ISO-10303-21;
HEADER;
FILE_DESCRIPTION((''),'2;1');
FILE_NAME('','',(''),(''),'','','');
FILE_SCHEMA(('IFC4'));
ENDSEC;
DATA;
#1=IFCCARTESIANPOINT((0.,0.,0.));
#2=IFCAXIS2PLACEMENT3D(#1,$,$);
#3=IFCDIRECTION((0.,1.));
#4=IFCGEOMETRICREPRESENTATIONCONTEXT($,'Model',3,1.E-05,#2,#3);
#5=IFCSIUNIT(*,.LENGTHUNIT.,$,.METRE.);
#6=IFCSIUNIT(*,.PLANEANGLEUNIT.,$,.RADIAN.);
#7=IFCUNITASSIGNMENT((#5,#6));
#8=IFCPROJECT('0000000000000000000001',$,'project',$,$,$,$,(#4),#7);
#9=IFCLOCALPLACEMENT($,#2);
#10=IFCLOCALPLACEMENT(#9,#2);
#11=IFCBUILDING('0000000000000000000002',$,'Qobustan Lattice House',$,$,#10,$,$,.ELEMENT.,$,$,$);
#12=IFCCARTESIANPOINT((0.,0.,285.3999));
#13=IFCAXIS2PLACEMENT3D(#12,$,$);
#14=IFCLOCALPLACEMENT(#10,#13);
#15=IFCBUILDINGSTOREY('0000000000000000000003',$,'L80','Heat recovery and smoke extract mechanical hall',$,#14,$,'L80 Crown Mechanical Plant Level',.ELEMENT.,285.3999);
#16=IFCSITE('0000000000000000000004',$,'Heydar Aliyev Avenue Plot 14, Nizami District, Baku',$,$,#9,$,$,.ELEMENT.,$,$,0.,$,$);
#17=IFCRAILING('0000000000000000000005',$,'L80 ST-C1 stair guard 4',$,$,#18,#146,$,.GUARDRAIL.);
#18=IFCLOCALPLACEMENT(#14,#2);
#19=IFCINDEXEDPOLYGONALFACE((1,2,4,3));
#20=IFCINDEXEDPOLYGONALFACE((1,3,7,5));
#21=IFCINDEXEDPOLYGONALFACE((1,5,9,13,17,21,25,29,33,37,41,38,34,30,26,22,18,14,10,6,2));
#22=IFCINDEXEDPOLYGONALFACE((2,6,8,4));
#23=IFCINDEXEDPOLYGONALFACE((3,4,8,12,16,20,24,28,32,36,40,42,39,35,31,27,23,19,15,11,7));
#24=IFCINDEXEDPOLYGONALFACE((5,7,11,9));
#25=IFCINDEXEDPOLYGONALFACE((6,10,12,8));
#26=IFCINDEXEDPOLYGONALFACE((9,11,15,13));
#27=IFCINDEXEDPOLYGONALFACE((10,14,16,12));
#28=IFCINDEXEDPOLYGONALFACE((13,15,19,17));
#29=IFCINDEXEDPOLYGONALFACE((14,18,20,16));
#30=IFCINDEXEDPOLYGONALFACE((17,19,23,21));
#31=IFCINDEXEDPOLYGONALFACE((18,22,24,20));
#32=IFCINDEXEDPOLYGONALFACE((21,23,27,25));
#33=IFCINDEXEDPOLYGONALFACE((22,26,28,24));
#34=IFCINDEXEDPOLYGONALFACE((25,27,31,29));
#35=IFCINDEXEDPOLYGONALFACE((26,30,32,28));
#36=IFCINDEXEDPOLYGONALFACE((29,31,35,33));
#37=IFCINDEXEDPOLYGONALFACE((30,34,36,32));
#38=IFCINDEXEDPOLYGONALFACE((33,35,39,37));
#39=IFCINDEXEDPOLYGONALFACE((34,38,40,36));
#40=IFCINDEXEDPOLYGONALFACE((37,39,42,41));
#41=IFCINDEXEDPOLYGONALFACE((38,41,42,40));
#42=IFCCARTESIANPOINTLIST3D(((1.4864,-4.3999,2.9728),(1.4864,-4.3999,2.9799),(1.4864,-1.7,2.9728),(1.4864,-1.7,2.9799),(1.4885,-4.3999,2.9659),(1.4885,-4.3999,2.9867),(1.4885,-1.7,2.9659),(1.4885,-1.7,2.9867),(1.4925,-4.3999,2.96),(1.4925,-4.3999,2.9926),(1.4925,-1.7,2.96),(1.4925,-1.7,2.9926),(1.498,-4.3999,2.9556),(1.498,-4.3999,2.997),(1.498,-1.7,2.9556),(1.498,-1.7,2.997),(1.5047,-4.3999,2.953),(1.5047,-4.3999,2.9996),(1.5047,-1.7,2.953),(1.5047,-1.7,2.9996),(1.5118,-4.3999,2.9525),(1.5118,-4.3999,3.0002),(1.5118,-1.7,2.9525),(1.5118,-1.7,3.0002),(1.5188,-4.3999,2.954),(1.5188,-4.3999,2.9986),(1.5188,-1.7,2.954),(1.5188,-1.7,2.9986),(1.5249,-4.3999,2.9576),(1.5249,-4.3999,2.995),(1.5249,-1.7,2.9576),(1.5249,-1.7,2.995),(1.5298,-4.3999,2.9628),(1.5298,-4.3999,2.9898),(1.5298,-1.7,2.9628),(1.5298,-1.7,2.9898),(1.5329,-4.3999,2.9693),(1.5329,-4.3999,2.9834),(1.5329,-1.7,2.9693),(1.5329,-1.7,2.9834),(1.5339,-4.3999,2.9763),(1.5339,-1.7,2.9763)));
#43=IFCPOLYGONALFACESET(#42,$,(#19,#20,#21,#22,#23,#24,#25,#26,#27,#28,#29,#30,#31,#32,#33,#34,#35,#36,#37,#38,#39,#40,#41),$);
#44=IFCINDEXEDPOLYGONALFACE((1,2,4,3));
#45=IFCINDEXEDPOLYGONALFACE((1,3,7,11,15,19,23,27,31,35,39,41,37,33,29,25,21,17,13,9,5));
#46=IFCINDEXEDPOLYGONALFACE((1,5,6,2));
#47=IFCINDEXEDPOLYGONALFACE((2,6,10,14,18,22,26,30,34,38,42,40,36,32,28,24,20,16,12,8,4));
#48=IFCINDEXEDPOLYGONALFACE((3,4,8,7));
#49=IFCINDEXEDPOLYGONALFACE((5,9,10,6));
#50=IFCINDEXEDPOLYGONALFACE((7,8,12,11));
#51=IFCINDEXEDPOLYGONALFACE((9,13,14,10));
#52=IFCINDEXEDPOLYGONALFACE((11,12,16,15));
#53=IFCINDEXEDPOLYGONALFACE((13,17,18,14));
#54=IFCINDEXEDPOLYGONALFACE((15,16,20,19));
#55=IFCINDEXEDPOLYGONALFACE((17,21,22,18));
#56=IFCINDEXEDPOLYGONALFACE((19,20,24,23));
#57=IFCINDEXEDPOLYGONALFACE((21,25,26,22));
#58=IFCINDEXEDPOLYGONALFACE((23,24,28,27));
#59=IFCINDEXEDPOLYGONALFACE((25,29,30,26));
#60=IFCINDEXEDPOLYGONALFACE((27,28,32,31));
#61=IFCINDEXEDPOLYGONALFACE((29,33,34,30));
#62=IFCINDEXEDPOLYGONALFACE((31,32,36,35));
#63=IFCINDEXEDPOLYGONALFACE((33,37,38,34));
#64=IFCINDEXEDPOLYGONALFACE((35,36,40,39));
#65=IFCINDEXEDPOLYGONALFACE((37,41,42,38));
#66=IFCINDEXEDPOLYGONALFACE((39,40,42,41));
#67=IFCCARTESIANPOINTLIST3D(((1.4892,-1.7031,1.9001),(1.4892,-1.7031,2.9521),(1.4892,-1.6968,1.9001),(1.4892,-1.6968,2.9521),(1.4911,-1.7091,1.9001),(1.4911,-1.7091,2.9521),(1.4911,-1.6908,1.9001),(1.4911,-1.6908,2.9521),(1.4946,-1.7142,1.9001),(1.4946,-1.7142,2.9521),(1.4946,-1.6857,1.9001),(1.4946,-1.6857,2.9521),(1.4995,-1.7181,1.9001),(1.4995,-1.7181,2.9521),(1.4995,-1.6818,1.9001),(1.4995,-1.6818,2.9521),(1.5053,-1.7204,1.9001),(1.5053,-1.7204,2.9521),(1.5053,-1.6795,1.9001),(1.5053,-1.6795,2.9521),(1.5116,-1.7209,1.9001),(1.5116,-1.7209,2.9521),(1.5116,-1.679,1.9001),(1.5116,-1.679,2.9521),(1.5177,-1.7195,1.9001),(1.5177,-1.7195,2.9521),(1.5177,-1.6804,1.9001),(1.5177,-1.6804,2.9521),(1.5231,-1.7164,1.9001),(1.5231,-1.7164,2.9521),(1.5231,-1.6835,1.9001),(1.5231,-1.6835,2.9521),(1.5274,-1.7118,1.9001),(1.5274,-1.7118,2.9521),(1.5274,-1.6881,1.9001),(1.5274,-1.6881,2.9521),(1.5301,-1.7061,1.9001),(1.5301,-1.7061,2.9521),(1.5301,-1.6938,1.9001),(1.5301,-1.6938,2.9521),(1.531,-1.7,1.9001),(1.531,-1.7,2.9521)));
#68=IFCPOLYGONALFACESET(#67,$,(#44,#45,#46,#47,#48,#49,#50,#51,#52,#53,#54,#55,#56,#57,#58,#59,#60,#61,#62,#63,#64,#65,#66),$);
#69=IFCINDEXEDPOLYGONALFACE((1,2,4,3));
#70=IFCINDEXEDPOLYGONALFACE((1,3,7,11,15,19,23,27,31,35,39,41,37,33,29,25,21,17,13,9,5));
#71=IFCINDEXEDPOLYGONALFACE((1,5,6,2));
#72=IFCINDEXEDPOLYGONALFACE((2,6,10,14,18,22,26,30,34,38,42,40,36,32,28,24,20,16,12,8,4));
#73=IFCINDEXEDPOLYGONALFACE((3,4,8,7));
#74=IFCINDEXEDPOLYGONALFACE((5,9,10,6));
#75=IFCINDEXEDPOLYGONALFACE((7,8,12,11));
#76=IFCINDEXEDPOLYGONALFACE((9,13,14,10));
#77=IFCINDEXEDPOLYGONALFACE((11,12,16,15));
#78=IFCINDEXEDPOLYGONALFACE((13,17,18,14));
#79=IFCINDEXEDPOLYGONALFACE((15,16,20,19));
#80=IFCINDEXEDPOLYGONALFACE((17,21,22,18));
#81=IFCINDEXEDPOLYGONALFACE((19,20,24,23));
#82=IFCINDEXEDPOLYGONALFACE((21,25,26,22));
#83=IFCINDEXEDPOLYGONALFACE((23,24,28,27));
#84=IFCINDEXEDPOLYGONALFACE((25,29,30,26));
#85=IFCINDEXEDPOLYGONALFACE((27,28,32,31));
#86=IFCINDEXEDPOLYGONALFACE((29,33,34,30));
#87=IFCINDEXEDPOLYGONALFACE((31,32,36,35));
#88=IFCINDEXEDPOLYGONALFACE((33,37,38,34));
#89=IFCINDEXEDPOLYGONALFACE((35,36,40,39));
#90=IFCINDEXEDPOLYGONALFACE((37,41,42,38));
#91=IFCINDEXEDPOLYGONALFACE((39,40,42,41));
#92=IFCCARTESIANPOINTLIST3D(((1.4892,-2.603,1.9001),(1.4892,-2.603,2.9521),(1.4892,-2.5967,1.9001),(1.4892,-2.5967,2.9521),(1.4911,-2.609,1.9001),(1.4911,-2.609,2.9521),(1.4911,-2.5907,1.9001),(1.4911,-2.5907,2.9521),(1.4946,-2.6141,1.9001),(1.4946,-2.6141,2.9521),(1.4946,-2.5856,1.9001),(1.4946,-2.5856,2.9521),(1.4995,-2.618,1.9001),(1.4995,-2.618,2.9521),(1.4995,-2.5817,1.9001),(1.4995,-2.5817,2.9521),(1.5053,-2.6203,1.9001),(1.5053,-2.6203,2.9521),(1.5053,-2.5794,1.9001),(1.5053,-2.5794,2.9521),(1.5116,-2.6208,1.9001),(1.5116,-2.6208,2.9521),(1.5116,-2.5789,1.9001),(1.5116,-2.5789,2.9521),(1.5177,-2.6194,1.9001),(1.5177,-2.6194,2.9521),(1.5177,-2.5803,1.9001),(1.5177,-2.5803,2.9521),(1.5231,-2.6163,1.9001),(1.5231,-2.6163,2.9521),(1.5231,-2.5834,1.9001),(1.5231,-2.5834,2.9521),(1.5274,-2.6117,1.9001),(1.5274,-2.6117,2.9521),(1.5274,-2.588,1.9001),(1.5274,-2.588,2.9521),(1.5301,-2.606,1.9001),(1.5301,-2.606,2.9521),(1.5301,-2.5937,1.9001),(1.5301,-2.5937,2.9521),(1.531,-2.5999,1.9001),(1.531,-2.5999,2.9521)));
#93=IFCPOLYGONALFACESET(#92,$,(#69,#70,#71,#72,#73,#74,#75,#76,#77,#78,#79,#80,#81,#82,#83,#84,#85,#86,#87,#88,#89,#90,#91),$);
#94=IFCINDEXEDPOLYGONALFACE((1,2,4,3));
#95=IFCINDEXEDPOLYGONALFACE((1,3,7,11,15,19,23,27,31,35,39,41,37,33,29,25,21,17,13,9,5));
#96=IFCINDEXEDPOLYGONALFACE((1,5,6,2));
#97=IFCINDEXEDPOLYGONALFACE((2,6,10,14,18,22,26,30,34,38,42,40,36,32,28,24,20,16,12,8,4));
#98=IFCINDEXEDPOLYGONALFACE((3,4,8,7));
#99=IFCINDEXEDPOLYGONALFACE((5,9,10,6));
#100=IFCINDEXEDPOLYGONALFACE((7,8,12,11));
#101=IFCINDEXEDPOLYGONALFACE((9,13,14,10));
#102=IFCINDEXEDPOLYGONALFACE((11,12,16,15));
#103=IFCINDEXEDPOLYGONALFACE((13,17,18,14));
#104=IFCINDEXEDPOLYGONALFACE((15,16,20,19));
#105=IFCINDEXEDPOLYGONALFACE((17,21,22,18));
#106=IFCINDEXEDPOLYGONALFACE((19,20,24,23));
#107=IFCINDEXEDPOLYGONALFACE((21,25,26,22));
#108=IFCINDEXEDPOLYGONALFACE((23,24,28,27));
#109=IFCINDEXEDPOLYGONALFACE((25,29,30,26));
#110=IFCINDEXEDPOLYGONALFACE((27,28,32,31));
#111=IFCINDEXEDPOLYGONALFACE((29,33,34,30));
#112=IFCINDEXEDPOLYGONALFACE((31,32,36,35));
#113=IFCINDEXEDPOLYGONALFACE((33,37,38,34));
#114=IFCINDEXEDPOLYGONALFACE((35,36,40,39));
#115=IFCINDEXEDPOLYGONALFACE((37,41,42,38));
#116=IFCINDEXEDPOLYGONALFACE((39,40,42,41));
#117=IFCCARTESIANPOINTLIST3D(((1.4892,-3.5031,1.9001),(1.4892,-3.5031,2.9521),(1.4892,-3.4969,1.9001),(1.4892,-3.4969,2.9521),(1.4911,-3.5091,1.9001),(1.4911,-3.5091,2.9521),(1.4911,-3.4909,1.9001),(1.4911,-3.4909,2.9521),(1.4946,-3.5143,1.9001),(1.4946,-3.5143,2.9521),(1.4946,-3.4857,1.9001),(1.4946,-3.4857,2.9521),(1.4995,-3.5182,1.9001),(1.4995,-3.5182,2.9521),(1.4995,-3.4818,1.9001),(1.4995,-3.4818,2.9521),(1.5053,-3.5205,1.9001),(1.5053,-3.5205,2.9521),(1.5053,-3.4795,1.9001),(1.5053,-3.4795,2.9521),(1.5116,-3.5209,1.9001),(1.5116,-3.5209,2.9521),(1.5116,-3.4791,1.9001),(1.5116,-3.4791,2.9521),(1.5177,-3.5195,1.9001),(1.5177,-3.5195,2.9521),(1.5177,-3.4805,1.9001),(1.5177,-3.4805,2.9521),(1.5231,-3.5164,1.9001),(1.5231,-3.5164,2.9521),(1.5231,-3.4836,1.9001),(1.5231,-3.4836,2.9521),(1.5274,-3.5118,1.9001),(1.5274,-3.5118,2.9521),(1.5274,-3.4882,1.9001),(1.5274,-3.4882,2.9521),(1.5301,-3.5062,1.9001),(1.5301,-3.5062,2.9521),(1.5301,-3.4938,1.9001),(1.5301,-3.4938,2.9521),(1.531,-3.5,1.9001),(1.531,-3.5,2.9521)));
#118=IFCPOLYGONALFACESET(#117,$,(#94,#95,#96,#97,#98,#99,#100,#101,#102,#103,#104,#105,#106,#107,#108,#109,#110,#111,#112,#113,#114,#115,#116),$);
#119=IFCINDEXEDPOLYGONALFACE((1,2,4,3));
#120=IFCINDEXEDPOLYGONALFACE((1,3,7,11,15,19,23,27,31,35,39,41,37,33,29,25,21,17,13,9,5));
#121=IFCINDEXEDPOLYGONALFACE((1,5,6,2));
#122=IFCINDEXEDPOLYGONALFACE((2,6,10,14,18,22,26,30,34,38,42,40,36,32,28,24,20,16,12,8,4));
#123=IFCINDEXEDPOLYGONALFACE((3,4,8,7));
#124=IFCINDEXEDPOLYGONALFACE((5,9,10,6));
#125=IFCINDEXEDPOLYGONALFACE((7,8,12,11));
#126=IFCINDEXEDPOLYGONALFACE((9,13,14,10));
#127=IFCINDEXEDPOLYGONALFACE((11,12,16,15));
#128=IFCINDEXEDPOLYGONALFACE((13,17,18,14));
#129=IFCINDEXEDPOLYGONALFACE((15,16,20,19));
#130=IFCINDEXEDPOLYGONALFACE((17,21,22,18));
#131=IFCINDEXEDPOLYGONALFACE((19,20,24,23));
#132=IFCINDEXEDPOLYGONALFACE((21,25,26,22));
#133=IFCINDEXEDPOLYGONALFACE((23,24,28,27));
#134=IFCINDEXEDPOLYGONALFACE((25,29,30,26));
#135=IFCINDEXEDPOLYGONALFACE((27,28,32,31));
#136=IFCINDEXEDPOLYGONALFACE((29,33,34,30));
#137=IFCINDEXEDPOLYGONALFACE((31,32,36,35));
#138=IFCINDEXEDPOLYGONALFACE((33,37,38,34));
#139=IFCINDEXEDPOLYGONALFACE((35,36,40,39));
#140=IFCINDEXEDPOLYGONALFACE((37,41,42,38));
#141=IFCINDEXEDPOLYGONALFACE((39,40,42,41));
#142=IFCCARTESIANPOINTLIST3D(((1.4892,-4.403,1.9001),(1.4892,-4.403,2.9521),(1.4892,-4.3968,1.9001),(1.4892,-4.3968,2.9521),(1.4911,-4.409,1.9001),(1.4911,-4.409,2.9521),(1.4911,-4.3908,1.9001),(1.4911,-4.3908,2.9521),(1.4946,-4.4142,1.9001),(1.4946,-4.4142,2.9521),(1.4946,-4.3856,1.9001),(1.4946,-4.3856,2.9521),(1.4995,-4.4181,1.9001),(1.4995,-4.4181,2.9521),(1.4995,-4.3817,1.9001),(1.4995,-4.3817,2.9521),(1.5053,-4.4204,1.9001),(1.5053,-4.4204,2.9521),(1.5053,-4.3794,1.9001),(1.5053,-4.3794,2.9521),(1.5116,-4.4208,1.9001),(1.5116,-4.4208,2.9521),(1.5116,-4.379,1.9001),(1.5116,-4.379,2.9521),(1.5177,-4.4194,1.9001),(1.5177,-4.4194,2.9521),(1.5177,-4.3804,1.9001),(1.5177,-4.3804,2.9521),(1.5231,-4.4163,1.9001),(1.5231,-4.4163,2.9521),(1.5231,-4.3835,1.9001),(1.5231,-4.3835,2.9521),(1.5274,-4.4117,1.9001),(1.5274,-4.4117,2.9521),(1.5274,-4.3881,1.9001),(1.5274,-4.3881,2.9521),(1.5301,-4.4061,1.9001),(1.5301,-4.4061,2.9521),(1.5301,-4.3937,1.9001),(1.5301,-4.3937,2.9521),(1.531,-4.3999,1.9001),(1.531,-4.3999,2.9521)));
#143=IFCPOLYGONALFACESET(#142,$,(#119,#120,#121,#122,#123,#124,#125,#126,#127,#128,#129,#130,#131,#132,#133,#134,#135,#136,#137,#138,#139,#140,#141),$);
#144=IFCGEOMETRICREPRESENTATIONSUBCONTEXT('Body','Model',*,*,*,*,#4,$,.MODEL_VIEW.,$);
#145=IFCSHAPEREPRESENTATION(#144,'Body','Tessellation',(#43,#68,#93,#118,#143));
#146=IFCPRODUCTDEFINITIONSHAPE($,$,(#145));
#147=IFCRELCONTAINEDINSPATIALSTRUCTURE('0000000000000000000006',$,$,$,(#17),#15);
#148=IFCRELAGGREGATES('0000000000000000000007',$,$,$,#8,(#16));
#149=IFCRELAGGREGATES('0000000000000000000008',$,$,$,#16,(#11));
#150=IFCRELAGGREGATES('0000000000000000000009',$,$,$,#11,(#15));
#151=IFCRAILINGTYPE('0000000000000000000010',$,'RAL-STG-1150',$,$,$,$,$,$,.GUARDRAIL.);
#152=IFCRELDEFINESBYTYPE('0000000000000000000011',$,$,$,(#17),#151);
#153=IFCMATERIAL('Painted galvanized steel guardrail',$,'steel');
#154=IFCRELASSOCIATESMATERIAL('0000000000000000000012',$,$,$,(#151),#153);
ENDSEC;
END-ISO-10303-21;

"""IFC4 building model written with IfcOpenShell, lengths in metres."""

from ifc_helpers import new_model, si_unit, direction, frame, origin, origin_2d, place, context, subcontext, project, spatial, circle, extrude, material, type_object, element, save


model = new_model("IFC4")

# Units and contexts
model_context = context("Model", 3, precision=1e-05, world=origin(), true_north=direction((0.0, 1.0)))
body_context = subcontext(model_context, "Body", "Model", "MODEL_VIEW")
ifc_project = project(units=[si_unit("LENGTHUNIT", "METRE"), si_unit("PLANEANGLEUNIT", "RADIAN")], contexts=[model_context])

# Site, building, storey
site_placement = place(None, origin())
site = spatial("IfcSite", under=ifc_project, at=site_placement, Name="Heydar Aliyev Avenue Plot 14, Nizami District, Baku", CompositionType="ELEMENT", RefElevation=0.0)
building_placement = place(site_placement, origin())
building = spatial("IfcBuilding", under=site, at=building_placement, Name="Qobustan Lattice House", CompositionType="ELEMENT")
storey_placement = place(building_placement, frame((0.0, 0.0, 285.3999)))
storey = spatial("IfcBuildingStorey", under=building, at=storey_placement, Name="L80", Description="Heat recovery and smoke extract mechanical hall", LongName="L80 Crown Mechanical Plant Level", CompositionType="ELEMENT", Elevation=285.3999)

# Railing
ifc_material_1 = material(Name="Painted galvanized steel guardrail", Category="steel")
railing_type_1 = type_object("IfcRailingType", Name="RAL-STG-1150", PredefinedType="GUARDRAIL", material=ifc_material_1)
railing_1_placement = place(storey_placement, frame((1.51, -1.7, 1.9001)))
element("IfcRailing", 1, at=railing_1_placement, inside=storey, type_object=railing_type_1, Name="L80 ST-C1 stair guard 4", PredefinedType="GUARDRAIL", context=body_context, shape_type="SweptSolid", body=[
    extrude(circle(Radius=0.0239, at=origin_2d()), frame((0.0, 0.0, 1.0762), z_axis=(0.0, -1.0, 0.0), x_axis=(1.0, 0.0, 0.0)), (0.0, 0.0, 1.0), 2.7),
    extrude(circle(Radius=0.021, at=origin_2d()), origin(), (0.0, 0.0, 1.0), 1.052),
    extrude(circle(Radius=0.021, at=origin_2d()), frame((0.0, -0.8999, 0.0)), (0.0, 0.0, 1.0), 1.052),
    extrude(circle(Radius=0.021, at=origin_2d()), frame((0.0, -1.8, 0.0)), (0.0, 0.0, 1.0), 1.052),
    extrude(circle(Radius=0.021, at=origin_2d()), frame((0.0, -2.7, 0.0)), (0.0, 0.0, 1.0), 1.052),
])

save(model, "model.ifc")
